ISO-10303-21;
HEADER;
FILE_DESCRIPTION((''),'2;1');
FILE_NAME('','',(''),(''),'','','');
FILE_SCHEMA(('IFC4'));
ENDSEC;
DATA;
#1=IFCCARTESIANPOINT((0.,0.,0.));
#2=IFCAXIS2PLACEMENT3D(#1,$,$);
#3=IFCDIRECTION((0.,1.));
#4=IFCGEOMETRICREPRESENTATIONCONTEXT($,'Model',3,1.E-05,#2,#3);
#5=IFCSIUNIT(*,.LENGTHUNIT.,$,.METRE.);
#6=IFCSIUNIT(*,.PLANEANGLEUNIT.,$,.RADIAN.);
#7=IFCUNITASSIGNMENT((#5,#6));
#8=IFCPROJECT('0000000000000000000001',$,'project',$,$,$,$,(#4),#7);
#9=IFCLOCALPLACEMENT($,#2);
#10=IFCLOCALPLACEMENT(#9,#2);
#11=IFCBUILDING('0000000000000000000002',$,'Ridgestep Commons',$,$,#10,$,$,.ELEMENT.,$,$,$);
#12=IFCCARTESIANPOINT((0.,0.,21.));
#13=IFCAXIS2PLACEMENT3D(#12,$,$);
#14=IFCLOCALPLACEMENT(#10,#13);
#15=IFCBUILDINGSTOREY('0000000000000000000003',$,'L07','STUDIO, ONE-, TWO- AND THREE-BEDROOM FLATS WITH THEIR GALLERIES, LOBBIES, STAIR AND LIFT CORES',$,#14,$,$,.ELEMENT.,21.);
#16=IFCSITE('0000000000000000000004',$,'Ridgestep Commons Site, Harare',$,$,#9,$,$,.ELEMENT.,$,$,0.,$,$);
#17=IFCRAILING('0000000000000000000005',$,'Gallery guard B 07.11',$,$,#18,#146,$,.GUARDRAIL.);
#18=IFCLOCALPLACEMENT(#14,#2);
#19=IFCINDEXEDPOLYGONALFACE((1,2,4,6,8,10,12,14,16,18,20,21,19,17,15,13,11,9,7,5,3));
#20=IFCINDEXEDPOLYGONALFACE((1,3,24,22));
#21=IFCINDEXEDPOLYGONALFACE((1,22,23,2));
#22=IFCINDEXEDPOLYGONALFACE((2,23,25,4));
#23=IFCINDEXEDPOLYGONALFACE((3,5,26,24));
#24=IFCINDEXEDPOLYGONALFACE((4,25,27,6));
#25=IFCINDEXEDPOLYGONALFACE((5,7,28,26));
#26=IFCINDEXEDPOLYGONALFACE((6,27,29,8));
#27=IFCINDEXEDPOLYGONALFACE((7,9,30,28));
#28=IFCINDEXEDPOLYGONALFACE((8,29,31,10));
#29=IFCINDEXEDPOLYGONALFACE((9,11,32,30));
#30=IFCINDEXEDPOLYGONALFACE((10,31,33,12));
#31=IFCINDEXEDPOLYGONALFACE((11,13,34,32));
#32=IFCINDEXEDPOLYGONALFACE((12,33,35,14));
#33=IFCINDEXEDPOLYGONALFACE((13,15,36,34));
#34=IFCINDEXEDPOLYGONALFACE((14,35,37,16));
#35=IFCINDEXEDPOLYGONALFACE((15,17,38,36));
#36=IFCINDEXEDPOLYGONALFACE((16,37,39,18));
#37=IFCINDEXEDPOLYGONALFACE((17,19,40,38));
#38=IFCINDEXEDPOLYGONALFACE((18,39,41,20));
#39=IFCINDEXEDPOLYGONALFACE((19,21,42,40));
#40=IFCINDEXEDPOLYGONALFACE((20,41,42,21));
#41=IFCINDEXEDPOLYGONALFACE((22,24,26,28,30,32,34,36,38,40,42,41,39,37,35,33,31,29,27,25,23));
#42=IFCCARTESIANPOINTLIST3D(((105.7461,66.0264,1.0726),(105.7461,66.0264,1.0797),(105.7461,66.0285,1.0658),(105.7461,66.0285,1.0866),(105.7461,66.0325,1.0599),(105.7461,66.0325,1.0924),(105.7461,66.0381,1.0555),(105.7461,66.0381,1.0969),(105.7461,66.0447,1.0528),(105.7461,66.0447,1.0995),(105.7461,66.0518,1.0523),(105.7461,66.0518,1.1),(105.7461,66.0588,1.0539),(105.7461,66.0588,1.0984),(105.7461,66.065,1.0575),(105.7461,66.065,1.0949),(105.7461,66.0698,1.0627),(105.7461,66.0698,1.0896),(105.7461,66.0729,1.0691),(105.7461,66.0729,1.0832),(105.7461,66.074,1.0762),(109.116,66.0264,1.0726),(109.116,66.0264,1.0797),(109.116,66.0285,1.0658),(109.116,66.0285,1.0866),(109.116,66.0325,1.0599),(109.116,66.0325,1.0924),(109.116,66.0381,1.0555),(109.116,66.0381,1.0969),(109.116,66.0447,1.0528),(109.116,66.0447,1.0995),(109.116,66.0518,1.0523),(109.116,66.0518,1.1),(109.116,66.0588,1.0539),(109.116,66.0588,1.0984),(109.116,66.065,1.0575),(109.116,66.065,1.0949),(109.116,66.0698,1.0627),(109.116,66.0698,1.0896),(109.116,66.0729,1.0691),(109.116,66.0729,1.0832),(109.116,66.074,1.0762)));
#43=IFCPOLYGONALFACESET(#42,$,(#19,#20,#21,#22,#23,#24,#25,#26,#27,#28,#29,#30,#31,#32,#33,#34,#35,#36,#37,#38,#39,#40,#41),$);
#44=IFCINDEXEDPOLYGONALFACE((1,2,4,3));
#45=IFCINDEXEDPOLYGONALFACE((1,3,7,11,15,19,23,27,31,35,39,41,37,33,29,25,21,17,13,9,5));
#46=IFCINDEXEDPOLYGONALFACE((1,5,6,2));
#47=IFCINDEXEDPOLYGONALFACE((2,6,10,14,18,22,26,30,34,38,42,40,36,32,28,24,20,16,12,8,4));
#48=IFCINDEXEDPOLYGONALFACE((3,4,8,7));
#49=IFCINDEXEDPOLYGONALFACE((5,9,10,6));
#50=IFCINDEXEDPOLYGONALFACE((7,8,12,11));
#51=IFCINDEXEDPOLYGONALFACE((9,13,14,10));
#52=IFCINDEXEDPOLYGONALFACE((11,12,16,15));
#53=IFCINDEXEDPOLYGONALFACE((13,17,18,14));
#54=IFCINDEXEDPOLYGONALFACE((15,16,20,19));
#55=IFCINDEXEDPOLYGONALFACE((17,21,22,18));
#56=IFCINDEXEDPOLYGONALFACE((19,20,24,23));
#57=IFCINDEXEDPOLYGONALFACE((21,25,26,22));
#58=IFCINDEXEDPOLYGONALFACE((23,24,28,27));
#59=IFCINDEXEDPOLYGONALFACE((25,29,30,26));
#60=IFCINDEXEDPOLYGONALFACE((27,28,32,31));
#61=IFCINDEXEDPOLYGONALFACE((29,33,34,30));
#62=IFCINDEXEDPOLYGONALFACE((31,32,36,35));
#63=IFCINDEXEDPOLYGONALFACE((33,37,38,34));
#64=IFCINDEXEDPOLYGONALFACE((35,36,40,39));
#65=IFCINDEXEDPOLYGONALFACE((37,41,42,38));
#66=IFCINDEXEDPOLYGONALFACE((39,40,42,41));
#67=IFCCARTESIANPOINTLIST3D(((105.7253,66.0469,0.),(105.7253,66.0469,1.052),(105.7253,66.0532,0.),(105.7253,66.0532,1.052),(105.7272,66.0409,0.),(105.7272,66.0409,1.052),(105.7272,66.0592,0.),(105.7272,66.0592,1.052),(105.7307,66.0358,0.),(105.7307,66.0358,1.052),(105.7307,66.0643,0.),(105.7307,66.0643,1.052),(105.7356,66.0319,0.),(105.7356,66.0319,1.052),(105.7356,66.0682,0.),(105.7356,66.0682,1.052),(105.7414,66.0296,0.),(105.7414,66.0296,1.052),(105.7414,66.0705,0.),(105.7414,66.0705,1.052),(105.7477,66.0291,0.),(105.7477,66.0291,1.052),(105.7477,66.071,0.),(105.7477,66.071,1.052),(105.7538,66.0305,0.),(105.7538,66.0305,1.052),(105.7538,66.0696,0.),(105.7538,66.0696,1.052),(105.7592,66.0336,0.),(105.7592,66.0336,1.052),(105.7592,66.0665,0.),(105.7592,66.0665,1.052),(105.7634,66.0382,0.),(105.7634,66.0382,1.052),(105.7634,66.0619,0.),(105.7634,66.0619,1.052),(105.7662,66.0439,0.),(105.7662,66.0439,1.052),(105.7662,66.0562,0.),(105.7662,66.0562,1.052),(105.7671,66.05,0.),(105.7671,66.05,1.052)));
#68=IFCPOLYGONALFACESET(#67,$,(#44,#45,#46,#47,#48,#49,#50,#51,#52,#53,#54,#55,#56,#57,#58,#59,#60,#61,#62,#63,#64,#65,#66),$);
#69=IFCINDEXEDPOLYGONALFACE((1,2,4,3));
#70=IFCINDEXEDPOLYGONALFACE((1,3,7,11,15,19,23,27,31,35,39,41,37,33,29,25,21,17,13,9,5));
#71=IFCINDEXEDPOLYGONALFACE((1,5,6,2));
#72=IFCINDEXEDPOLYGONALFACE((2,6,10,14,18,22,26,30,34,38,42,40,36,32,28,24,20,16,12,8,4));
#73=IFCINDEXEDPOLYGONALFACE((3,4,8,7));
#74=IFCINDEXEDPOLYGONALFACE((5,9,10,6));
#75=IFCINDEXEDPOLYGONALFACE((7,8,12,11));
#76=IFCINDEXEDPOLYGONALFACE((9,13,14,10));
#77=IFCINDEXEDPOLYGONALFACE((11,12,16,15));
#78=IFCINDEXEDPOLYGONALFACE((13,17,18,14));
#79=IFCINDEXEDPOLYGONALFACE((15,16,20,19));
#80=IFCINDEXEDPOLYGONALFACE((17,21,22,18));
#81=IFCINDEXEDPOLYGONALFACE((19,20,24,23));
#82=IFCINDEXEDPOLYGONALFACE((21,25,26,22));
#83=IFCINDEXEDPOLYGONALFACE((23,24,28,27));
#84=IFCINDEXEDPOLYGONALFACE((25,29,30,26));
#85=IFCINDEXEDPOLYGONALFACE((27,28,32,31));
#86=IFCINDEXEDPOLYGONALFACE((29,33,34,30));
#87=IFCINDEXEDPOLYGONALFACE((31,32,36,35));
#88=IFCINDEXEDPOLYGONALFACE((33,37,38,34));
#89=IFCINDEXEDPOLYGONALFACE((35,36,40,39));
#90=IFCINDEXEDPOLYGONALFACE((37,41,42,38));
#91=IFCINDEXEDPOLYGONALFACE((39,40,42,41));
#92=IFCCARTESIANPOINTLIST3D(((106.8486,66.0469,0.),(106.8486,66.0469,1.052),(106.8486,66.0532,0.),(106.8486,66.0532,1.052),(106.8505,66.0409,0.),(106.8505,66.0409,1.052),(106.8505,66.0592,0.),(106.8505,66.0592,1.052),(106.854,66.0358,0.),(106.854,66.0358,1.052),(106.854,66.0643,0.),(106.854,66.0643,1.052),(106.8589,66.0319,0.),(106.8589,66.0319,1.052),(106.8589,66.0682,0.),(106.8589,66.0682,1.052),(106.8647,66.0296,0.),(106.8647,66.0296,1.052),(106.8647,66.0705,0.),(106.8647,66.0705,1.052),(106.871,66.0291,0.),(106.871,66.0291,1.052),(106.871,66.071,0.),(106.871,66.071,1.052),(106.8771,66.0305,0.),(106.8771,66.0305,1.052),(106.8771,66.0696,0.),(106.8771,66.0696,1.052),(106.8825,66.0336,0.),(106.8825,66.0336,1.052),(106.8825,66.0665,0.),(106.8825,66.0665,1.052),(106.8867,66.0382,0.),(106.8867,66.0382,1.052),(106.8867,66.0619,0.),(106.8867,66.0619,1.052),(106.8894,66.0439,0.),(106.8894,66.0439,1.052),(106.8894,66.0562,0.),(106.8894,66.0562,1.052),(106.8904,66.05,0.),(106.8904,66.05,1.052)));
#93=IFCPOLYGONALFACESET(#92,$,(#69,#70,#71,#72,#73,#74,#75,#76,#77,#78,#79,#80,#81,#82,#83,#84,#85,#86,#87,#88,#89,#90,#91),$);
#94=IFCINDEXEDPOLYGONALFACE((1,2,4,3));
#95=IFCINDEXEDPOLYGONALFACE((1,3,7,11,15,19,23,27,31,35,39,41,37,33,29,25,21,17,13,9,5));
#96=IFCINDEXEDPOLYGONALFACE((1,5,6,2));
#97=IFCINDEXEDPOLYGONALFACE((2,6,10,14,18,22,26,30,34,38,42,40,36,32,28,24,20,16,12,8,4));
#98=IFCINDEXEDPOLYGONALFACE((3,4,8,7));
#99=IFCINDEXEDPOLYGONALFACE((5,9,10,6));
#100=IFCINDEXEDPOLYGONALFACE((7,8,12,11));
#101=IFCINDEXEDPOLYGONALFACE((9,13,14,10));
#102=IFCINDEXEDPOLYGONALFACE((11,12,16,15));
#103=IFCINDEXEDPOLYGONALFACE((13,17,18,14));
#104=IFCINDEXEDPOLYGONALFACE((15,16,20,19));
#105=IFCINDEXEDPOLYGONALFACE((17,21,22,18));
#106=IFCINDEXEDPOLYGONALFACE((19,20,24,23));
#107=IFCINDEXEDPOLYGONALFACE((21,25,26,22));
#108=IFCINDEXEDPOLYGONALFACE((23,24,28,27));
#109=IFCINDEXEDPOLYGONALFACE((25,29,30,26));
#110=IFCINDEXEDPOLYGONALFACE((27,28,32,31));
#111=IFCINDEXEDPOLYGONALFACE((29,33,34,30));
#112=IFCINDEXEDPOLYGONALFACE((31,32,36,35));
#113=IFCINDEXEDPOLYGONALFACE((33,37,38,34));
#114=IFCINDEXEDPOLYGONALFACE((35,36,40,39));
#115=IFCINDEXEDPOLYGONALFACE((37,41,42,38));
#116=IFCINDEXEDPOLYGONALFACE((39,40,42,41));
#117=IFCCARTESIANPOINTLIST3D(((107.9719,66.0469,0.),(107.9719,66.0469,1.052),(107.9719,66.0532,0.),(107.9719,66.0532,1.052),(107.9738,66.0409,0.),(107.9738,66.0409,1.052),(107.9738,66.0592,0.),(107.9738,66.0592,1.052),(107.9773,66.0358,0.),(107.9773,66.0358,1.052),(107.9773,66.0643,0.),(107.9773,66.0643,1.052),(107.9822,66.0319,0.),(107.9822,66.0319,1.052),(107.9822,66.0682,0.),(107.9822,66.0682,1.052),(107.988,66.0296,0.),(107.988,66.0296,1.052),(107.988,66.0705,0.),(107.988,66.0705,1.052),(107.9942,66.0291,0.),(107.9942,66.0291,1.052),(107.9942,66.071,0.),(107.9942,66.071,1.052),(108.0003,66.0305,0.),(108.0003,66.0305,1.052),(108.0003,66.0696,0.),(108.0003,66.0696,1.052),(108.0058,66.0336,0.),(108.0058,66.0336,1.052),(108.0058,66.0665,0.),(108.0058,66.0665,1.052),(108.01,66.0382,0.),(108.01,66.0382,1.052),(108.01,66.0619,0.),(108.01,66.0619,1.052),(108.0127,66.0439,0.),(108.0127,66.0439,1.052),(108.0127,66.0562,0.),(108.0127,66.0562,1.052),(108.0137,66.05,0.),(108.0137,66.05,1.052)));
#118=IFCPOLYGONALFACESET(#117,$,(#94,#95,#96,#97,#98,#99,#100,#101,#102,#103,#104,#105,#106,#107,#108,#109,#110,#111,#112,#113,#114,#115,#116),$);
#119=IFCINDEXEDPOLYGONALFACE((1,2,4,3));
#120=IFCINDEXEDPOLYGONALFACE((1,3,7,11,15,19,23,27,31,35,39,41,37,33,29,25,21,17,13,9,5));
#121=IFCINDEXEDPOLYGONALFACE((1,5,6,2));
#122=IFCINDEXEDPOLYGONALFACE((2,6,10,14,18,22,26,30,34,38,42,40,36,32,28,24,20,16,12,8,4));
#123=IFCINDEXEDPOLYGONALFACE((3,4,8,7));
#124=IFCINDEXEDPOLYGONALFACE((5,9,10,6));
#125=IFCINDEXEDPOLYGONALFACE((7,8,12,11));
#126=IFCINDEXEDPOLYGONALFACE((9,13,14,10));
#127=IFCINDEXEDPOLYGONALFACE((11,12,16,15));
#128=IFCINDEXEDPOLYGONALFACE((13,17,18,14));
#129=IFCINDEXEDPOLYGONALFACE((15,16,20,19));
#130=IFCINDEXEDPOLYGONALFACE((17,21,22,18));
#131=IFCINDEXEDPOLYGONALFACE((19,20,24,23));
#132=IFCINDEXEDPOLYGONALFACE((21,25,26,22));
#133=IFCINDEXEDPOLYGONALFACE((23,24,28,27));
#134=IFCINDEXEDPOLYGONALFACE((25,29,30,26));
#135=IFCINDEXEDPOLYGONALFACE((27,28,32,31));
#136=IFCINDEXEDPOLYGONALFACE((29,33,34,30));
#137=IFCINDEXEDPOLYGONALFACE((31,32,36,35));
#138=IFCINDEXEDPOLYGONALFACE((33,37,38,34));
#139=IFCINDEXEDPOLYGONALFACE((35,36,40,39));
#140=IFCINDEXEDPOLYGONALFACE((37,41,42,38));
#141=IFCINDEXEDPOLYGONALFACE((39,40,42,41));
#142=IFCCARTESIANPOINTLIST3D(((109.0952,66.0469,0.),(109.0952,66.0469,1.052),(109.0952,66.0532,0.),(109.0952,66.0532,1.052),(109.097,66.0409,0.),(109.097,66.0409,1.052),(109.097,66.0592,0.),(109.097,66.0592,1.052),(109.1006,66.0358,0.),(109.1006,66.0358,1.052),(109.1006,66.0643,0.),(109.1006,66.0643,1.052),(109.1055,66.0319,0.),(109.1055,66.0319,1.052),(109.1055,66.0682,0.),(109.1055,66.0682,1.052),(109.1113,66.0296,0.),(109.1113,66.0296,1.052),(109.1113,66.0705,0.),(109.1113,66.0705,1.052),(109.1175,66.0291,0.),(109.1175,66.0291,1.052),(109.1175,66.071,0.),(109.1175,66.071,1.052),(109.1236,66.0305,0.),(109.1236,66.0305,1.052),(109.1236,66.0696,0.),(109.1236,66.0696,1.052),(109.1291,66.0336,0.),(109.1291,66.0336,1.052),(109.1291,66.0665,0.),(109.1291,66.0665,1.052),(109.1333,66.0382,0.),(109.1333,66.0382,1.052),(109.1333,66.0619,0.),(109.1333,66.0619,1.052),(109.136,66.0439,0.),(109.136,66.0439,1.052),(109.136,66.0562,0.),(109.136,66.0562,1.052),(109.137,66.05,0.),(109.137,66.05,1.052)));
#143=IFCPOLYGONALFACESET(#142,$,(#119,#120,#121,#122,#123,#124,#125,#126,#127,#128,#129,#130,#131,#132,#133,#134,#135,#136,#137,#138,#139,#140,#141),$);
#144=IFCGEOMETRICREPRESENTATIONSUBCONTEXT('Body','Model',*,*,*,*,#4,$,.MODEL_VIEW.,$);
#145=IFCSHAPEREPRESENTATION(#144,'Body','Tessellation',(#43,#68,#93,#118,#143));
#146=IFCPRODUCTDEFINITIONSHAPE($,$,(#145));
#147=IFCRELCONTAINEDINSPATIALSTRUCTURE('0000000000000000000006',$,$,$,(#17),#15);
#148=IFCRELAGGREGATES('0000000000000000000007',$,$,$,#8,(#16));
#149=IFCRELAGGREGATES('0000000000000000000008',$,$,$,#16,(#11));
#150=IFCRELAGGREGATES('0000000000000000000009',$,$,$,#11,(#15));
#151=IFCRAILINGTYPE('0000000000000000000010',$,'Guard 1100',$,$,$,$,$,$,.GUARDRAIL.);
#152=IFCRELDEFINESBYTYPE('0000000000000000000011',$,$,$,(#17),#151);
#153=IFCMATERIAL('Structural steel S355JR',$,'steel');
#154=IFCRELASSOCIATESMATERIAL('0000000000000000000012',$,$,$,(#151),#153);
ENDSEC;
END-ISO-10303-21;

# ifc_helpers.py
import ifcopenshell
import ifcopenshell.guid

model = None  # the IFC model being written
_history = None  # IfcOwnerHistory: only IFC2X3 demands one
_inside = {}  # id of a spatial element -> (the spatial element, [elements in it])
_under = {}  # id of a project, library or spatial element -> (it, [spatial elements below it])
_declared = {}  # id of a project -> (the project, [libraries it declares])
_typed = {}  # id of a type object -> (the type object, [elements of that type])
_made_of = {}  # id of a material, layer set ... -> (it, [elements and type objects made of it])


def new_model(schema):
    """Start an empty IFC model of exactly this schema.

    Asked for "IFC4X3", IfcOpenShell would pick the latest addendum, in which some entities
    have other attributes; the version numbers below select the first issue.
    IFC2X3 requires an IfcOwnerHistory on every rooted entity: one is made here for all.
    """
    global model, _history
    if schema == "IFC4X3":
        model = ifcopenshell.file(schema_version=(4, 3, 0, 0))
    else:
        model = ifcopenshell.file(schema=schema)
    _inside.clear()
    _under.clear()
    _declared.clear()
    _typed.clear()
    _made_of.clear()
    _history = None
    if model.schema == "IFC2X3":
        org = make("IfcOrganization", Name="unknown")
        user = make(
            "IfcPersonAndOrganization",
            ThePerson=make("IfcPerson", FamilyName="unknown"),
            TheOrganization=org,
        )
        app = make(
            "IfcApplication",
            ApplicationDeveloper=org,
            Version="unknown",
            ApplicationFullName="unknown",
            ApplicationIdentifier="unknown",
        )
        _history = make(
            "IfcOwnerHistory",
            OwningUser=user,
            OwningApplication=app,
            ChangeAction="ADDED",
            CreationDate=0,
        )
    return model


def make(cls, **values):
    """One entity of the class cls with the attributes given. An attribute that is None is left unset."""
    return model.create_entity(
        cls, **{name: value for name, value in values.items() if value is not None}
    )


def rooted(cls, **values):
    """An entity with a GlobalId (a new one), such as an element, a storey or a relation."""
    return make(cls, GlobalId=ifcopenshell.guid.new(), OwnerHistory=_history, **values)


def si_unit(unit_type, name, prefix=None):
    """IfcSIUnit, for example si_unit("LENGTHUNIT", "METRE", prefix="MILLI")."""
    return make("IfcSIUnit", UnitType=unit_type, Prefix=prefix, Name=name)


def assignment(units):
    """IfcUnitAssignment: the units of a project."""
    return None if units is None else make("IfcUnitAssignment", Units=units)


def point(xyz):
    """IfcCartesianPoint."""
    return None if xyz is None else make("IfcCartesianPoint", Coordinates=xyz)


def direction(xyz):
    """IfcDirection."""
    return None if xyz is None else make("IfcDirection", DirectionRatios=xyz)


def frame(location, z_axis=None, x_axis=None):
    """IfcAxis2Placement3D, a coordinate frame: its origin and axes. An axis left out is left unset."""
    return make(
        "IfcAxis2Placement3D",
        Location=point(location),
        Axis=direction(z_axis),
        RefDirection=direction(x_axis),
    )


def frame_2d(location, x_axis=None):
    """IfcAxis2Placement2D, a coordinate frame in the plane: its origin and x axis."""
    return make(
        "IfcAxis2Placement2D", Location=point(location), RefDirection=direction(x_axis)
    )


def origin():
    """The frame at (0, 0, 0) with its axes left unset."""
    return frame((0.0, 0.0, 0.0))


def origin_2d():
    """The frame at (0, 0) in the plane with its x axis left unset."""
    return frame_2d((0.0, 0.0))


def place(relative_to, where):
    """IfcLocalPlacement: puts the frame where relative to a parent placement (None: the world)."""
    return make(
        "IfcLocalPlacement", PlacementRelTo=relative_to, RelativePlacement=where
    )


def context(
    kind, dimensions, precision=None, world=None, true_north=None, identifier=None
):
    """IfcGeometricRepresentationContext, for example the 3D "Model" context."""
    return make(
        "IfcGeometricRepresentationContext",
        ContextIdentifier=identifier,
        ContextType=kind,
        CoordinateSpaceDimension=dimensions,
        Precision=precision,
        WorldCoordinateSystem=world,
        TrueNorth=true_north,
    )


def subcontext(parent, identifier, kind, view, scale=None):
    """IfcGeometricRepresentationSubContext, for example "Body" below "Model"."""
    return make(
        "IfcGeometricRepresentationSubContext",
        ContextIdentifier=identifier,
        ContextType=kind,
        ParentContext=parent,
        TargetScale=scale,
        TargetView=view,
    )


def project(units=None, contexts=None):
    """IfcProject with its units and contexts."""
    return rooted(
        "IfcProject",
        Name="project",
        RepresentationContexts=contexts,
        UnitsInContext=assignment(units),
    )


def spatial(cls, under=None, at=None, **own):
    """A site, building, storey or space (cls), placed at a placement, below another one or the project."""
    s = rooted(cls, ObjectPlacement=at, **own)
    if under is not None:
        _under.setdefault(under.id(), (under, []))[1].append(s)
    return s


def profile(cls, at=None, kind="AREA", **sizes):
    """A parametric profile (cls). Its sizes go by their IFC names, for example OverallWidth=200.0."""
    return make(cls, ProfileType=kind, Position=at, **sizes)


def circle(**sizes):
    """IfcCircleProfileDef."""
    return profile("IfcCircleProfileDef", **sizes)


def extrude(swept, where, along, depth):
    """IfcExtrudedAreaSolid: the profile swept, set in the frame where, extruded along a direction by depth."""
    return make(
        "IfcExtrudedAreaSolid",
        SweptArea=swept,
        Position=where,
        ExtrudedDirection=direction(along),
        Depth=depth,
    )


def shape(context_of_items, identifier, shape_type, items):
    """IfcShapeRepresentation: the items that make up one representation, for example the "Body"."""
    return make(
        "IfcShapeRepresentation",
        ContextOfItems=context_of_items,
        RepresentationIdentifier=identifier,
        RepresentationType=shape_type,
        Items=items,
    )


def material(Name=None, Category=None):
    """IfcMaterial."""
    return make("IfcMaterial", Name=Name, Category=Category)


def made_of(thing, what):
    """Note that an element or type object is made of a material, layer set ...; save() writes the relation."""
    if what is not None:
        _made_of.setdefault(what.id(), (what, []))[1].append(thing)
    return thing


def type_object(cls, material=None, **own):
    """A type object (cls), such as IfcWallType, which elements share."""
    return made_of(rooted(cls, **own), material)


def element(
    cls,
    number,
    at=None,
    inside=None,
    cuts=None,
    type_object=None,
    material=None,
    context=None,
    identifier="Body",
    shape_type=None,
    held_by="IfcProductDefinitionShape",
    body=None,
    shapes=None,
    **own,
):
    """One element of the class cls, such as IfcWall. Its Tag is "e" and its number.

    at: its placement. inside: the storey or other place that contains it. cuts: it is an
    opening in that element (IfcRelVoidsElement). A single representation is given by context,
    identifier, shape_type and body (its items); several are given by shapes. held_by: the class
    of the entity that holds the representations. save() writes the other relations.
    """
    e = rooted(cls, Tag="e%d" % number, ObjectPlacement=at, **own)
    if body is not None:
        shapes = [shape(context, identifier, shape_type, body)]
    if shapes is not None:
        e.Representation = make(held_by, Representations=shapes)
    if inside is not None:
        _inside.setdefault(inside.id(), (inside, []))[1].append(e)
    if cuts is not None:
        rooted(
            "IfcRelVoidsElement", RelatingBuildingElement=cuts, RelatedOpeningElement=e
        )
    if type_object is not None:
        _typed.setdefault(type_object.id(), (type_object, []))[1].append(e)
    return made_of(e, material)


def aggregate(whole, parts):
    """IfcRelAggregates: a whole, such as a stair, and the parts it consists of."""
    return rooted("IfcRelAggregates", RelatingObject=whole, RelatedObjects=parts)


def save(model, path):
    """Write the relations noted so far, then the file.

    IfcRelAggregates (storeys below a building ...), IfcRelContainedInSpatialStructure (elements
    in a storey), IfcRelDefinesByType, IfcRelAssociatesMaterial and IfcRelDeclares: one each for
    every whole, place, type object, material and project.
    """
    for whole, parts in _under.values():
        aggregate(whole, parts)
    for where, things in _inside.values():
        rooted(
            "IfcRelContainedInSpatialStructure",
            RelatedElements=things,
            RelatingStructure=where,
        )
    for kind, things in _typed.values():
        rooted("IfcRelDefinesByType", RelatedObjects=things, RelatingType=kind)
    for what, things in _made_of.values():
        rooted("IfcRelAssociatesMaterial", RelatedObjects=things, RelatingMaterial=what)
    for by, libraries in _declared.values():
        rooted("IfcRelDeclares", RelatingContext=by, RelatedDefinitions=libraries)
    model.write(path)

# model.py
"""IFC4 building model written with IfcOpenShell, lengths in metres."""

from ifc_helpers import new_model, si_unit, direction, frame, origin, origin_2d, place, context, subcontext, project, spatial, circle, extrude, material, type_object, element, save


model = new_model("IFC4")

# Units and contexts
model_context = context("Model", 3, precision=1e-05, world=origin(), true_north=direction((0.0, 1.0)))
body_context = subcontext(model_context, "Body", "Model", "MODEL_VIEW")
ifc_project = project(units=[si_unit("LENGTHUNIT", "METRE"), si_unit("PLANEANGLEUNIT", "RADIAN")], contexts=[model_context])

# Site, building, storey
site_placement = place(None, origin())
site = spatial("IfcSite", under=ifc_project, at=site_placement, Name="Ridgestep Commons Site, Harare", CompositionType="ELEMENT", RefElevation=0.0)
building_placement = place(site_placement, origin())
building = spatial("IfcBuilding", under=site, at=building_placement, Name="Ridgestep Commons", CompositionType="ELEMENT")
storey_placement = place(building_placement, frame((0.0, 0.0, 21.0)))
storey = spatial("IfcBuildingStorey", under=building, at=storey_placement, Name="L07", Description="STUDIO, ONE-, TWO- AND THREE-BEDROOM FLATS WITH THEIR GALLERIES, LOBBIES, STAIR AND LIFT CORES", CompositionType="ELEMENT", Elevation=21.0)

# Railing
ifc_material_1 = material(Name="Structural steel S355JR", Category="steel")
railing_type = type_object("IfcRailingType", Name="Guard 1100", PredefinedType="GUARDRAIL", material=ifc_material_1)
railing_1_placement = place(storey_placement, frame((105.7461, 66.05, 0.0)))
element("IfcRailing", 1, at=railing_1_placement, inside=storey, type_object=railing_type, Name="Gallery guard B 07.11", PredefinedType="GUARDRAIL", context=body_context, shape_type="SweptSolid", body=[
    extrude(circle(Radius=0.0239, at=origin_2d()), frame((0.0, 0.0, 1.0762), z_axis=(1.0, 0.0, 0.0), x_axis=(0.0, 1.0, 0.0)), (0.0, 0.0, 1.0), 3.3699),
    extrude(circle(Radius=0.021, at=origin_2d()), origin(), (0.0, 0.0, 1.0), 1.052),
    extrude(circle(Radius=0.021, at=origin_2d()), frame((1.1233, 0.0, 0.0)), (0.0, 0.0, 1.0), 1.052),
    extrude(circle(Radius=0.021, at=origin_2d()), frame((2.2466, 0.0, 0.0)), (0.0, 0.0, 1.0), 1.052),
    extrude(circle(Radius=0.021, at=origin_2d()), frame((3.3699, 0.0, 0.0)), (0.0, 0.0, 1.0), 1.052),
])

save(model, "model.ifc")
